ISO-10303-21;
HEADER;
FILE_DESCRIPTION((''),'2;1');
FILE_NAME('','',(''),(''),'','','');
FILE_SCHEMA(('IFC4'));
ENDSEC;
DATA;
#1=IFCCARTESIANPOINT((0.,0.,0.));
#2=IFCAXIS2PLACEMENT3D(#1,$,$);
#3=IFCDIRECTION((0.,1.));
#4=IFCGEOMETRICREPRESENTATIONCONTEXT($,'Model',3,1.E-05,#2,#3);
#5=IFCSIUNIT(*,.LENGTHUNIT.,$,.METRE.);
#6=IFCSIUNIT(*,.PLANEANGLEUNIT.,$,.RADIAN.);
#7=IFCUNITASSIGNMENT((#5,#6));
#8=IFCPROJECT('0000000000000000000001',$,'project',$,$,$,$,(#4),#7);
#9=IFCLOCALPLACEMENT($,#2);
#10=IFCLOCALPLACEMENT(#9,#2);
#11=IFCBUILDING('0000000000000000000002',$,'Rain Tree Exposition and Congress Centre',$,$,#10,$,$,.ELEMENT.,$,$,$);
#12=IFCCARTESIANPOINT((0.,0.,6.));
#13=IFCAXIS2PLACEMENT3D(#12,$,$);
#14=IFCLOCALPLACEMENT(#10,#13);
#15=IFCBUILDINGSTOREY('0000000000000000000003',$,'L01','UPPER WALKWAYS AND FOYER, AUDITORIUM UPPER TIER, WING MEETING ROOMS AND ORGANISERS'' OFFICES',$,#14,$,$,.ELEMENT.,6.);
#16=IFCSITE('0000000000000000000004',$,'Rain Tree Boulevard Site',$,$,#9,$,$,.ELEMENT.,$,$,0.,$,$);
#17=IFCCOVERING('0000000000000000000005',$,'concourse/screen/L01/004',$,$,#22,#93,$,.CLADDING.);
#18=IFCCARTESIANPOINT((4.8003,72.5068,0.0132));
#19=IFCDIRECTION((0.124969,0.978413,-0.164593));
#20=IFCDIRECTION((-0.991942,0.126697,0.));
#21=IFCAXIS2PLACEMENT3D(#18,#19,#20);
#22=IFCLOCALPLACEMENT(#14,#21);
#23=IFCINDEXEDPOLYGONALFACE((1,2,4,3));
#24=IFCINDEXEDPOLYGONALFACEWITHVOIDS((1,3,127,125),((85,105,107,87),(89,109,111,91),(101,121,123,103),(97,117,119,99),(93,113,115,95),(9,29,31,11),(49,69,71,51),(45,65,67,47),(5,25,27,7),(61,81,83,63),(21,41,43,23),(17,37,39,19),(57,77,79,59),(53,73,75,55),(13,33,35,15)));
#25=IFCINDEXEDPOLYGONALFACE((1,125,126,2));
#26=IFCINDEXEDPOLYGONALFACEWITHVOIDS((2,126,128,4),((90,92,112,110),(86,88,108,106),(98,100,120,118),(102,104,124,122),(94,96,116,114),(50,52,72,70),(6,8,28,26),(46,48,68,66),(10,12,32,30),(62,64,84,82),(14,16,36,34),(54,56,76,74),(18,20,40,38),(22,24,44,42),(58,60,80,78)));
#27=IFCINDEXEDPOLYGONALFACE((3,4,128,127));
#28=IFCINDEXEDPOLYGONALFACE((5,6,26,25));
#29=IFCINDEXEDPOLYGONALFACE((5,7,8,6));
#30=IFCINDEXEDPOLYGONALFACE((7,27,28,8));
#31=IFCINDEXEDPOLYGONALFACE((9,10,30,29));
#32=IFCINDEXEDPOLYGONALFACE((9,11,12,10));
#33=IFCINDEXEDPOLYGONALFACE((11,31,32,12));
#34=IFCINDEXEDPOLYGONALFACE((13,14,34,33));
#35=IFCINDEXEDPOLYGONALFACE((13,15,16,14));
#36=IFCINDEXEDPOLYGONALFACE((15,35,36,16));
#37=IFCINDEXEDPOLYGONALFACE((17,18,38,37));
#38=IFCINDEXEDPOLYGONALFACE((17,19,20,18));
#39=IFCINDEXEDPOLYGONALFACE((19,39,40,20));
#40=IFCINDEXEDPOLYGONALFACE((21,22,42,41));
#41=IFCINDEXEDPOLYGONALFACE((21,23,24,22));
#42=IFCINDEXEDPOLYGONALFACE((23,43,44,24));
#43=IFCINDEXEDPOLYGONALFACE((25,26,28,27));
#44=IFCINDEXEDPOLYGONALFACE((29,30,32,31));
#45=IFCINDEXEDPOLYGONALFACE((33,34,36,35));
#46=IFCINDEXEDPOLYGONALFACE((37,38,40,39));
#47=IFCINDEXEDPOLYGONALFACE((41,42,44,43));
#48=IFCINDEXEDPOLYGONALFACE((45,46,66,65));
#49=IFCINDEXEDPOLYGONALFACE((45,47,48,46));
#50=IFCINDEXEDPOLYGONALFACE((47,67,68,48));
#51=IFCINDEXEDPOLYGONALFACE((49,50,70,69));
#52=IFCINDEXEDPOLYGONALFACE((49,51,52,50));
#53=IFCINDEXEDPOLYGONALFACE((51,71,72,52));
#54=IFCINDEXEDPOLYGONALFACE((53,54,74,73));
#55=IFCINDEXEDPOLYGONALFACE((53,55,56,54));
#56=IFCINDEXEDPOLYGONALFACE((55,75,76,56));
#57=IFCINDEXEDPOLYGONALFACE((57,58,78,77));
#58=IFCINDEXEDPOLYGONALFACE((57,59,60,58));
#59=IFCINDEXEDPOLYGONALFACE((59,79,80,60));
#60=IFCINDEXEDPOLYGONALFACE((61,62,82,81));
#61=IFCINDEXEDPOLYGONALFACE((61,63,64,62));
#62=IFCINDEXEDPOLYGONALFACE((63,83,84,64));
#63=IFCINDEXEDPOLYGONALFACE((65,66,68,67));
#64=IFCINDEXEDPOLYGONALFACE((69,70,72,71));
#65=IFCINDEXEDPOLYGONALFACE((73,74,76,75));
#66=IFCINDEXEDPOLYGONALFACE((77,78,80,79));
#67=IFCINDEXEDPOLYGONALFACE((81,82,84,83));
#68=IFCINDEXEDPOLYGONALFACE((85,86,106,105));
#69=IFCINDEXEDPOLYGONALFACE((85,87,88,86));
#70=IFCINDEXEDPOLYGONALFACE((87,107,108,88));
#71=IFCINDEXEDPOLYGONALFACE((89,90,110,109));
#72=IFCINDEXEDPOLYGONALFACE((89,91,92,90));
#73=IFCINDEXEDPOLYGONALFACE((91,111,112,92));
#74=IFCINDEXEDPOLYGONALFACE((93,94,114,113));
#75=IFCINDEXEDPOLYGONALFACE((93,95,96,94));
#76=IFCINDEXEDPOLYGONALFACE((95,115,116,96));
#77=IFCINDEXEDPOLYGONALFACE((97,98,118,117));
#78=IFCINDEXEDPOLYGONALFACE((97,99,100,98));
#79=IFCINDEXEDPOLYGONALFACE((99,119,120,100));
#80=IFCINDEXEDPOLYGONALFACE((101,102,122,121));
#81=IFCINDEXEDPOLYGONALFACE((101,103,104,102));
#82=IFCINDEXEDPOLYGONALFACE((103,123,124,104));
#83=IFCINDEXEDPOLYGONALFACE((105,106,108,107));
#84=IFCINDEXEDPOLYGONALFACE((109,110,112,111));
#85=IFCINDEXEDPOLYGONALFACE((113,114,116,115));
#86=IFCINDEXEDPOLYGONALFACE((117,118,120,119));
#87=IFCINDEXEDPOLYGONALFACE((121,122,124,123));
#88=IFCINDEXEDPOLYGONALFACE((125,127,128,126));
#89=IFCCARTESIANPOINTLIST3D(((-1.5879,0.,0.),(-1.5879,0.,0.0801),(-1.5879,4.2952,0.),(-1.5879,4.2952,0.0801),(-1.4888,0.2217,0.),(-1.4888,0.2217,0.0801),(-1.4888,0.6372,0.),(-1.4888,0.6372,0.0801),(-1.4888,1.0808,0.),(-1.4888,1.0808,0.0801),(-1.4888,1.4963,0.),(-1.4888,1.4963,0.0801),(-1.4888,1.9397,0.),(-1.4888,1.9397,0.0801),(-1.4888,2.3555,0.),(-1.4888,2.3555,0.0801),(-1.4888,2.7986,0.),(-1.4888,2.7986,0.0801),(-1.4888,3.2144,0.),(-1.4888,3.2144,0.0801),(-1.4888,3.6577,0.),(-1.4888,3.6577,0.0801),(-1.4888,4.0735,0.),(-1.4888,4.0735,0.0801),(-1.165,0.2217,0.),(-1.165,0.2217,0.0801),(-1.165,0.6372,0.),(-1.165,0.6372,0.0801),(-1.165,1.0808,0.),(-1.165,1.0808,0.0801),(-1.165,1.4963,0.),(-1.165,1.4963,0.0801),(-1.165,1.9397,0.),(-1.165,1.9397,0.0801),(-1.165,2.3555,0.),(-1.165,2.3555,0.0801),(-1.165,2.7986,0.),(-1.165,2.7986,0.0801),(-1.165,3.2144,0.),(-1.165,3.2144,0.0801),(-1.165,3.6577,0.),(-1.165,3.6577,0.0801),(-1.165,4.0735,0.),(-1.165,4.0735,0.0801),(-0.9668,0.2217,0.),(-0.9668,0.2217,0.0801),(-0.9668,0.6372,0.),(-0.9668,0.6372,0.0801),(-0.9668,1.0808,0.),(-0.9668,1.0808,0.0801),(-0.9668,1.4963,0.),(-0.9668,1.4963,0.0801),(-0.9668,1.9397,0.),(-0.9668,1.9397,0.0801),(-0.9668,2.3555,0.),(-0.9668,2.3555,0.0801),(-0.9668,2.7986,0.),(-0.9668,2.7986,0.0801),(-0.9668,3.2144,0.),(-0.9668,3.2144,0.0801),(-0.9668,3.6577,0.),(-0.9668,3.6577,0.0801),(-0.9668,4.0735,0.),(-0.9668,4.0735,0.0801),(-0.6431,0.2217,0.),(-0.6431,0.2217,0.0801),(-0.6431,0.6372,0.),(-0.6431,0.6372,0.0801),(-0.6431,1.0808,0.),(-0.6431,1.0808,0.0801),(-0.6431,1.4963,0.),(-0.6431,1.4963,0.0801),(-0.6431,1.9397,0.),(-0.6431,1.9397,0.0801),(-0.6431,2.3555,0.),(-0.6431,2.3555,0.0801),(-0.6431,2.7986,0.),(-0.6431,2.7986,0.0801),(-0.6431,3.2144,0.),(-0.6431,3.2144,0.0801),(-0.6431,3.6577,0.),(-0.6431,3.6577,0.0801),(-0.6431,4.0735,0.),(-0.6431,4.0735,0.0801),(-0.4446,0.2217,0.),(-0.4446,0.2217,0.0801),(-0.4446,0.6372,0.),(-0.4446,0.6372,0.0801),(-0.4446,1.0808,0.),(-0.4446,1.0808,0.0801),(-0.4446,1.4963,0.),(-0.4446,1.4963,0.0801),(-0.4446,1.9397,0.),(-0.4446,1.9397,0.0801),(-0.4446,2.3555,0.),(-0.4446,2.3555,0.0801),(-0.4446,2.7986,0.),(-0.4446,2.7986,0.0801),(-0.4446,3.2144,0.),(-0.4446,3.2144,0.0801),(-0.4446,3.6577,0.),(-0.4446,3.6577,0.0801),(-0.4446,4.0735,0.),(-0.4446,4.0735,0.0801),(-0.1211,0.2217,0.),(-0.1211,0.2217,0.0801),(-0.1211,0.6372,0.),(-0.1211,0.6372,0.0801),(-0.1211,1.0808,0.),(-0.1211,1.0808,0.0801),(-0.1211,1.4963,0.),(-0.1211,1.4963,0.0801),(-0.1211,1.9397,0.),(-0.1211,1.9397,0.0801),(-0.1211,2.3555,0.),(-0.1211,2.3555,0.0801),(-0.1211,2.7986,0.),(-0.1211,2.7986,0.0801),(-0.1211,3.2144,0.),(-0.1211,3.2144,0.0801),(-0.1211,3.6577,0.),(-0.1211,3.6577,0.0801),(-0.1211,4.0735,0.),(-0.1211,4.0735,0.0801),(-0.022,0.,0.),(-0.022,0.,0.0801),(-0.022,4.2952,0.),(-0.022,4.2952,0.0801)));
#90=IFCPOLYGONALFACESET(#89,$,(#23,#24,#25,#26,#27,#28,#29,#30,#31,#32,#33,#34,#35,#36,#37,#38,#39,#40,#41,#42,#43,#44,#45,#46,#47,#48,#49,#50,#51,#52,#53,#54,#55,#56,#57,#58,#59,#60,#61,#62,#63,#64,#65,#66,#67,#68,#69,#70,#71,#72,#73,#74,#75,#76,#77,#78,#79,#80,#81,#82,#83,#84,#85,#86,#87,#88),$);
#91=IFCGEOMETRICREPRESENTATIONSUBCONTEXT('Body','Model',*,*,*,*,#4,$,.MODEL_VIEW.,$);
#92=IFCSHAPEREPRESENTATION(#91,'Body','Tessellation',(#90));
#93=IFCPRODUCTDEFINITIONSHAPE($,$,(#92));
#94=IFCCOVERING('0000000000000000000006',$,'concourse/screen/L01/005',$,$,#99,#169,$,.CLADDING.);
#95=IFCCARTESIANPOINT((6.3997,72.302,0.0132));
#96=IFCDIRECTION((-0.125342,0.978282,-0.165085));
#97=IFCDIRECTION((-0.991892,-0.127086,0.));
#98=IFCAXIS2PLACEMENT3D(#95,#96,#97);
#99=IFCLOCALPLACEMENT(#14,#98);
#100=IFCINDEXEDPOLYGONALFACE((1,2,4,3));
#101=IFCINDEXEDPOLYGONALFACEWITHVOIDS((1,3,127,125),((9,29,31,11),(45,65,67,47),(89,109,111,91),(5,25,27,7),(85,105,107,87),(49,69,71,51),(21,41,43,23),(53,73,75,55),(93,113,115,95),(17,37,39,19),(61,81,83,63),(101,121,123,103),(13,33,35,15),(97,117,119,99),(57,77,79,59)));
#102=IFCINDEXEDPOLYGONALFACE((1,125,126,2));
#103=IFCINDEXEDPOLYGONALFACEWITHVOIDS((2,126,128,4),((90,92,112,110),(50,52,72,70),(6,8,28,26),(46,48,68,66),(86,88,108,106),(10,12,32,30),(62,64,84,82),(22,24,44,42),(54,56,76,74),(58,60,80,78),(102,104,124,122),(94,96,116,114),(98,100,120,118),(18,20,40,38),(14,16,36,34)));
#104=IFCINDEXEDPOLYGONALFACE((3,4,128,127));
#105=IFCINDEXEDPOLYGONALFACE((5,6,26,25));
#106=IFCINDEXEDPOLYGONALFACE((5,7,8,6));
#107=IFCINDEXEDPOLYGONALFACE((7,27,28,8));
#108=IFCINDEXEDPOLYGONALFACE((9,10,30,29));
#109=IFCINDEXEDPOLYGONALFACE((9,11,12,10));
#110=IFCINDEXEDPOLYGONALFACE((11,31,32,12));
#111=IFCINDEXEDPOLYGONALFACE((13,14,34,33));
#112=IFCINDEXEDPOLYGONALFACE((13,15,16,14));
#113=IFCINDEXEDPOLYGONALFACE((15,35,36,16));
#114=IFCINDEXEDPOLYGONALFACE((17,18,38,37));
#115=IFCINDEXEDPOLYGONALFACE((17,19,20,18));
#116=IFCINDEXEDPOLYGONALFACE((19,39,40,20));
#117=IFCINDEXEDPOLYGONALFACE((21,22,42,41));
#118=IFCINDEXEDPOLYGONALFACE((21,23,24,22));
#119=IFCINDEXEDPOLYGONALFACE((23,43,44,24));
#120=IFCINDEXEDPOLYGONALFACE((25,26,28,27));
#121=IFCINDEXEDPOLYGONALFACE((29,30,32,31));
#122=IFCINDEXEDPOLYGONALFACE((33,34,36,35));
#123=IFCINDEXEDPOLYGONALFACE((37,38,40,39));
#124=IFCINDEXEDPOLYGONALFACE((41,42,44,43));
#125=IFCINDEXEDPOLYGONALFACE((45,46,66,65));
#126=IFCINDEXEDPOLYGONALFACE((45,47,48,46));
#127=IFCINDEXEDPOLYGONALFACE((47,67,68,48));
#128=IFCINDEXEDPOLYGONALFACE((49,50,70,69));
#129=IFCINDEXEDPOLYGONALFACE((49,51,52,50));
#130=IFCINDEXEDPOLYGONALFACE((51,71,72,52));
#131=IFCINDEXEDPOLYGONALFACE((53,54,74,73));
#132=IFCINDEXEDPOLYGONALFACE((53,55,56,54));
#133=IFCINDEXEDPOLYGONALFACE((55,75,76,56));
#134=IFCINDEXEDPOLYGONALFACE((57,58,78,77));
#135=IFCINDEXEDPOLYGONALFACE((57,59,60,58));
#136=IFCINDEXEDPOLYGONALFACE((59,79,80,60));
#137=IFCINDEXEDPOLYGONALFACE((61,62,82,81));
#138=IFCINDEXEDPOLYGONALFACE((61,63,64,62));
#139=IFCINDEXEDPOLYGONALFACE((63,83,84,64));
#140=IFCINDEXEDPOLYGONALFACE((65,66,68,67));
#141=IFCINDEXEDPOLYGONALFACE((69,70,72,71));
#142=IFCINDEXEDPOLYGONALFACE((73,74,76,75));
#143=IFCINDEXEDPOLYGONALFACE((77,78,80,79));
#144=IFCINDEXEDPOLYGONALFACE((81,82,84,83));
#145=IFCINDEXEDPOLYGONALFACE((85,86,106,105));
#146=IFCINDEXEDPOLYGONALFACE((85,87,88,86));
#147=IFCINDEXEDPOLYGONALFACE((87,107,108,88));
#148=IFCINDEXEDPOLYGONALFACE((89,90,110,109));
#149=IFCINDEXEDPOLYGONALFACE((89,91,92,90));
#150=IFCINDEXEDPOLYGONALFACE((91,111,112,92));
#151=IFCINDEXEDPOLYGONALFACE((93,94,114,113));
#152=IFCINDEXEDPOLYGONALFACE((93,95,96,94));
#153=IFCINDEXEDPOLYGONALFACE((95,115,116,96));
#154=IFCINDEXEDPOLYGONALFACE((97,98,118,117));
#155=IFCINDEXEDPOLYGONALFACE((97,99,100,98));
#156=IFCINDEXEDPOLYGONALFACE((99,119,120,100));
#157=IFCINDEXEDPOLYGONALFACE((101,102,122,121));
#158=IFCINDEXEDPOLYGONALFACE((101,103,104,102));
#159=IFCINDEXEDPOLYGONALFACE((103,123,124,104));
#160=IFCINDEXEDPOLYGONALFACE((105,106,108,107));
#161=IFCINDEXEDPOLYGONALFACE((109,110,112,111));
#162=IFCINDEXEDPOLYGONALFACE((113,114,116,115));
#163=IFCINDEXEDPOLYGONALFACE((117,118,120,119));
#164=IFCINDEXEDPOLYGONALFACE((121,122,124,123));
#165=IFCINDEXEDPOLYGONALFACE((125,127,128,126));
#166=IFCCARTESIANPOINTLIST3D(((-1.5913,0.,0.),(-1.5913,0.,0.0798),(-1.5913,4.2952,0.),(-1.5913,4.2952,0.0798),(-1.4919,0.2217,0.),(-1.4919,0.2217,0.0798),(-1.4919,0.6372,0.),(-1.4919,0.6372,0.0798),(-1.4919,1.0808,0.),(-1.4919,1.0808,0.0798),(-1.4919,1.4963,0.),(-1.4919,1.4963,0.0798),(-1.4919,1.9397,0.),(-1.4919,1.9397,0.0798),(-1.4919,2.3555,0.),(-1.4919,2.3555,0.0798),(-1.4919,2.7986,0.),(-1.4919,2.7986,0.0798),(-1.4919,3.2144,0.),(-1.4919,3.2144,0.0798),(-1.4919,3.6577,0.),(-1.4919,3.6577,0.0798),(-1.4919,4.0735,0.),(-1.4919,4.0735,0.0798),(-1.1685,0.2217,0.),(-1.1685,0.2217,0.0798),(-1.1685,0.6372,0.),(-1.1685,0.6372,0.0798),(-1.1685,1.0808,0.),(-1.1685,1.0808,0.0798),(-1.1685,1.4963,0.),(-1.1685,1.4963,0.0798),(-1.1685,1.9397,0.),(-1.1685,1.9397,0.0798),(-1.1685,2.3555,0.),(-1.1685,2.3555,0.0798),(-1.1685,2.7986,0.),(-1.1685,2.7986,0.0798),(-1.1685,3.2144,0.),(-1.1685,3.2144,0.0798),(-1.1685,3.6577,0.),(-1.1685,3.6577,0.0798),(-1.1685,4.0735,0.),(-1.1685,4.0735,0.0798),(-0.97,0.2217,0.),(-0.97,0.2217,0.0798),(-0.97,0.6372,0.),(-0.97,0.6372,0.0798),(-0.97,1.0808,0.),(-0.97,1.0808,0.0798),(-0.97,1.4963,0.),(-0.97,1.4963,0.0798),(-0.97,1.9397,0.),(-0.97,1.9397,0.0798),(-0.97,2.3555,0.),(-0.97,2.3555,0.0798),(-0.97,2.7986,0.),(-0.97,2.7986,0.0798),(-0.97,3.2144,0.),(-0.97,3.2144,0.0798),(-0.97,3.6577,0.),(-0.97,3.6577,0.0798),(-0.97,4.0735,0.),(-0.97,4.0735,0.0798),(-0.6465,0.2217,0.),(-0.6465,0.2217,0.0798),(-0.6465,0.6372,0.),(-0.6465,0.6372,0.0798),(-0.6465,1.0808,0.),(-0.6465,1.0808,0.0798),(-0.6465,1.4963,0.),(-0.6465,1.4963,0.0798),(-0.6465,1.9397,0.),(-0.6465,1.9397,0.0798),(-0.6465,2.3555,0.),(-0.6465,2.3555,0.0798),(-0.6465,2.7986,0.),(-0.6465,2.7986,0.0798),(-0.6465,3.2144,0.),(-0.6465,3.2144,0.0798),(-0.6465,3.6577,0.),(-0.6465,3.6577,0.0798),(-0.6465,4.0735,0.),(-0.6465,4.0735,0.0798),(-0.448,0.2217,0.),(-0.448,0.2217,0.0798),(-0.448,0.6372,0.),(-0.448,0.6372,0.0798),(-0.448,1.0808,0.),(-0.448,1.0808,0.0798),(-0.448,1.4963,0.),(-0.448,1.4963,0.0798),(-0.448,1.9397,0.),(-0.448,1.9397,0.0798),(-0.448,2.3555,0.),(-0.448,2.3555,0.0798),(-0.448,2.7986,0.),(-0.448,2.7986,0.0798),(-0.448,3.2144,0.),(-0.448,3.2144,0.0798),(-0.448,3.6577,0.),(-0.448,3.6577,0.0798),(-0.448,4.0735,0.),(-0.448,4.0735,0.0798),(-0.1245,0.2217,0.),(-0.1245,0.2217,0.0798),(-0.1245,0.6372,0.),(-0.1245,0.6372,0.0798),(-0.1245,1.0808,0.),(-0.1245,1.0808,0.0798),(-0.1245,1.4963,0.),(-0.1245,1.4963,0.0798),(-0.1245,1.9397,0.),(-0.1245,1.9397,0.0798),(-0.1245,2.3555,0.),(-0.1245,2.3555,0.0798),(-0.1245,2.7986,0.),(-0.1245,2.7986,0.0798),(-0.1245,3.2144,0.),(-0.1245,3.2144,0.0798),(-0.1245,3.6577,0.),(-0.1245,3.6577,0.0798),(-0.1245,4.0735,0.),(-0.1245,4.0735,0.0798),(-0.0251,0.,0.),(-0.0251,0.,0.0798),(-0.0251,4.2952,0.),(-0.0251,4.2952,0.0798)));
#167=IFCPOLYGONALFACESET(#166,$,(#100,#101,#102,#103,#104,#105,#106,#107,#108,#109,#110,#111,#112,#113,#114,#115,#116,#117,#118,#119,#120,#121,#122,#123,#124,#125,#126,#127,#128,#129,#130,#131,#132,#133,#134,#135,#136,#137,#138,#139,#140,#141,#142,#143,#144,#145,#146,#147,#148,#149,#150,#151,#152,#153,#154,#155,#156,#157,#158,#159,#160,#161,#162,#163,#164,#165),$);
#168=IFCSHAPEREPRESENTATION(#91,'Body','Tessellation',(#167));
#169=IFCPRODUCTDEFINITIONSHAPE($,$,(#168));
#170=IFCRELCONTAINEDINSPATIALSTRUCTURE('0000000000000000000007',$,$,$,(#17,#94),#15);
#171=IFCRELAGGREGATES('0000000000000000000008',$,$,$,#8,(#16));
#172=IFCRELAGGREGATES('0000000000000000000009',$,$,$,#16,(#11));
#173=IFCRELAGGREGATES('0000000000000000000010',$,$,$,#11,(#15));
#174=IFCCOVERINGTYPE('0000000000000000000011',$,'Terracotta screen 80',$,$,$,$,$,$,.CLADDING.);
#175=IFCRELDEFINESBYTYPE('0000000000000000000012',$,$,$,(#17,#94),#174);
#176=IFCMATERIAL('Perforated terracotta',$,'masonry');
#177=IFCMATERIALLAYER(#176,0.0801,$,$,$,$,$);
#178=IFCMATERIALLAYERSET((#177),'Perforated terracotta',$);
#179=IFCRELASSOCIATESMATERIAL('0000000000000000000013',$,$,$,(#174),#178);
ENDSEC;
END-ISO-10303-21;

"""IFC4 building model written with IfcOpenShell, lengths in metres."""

from ifc_helpers import new_model, si_unit, direction, frame, origin, place, context, subcontext, project, spatial, polyline, outline, extrude, material, layer, layer_set, type_object, element, save


model = new_model("IFC4")

# Units and contexts
model_context = context("Model", 3, precision=1e-05, world=origin(), true_north=direction((0.0, 1.0)))
body_context = subcontext(model_context, "Body", "Model", "MODEL_VIEW")
ifc_project = project(units=[si_unit("LENGTHUNIT", "METRE"), si_unit("PLANEANGLEUNIT", "RADIAN")], contexts=[model_context])

# Site, building, storey
site_placement = place(None, origin())
site = spatial("IfcSite", under=ifc_project, at=site_placement, Name="Rain Tree Boulevard Site", CompositionType="ELEMENT", RefElevation=0.0)
building_placement = place(site_placement, origin())
building = spatial("IfcBuilding", under=site, at=building_placement, Name="Rain Tree Exposition and Congress Centre", CompositionType="ELEMENT")
storey_placement = place(building_placement, frame((0.0, 0.0, 6.0)))
storey = spatial("IfcBuildingStorey", under=building, at=storey_placement, Name="L01", Description="UPPER WALKWAYS AND FOYER, AUDITORIUM UPPER TIER, WING MEETING ROOMS AND ORGANISERS' OFFICES", CompositionType="ELEMENT", Elevation=6.0)

# Coverings
ifc_material_1 = material(Name="Perforated terracotta", Category="masonry")
ifc_layer = layer(ifc_material_1, 0.0801)
ifc_layer_set = layer_set([ifc_layer], Name="Perforated terracotta")
covering_type = type_object("IfcCoveringType", Name="Terracotta screen 80", PredefinedType="CLADDING", material=ifc_layer_set)
covering_1_placement = place(storey_placement, frame((4.8003, 72.5068, 0.0132), z_axis=(0.124969, 0.978413, -0.164593), x_axis=(-0.991942, 0.126697, 0.0)))
element("IfcCovering", 1, at=covering_1_placement, inside=storey, type_object=covering_type, Name="concourse/screen/L01/004", PredefinedType="CLADDING", context=body_context, shape_type="SweptSolid", body=[
    extrude(outline(polyline([(-1.5879, 0.0), (-1.5879, 4.2952), (-0.022, 4.2952), (-0.022, 0.0), (-1.5879, 0.0)]), holes=[polyline([(-0.1211, 0.2217), (-0.1211, 0.6372), (-0.4446, 0.6372), (-0.4446, 0.2217), (-0.1211, 0.2217)]), polyline([(-0.1211, 1.0808), (-0.1211, 1.4963), (-0.4446, 1.4963), (-0.4446, 1.0808), (-0.1211, 1.0808)]), polyline([(-0.1211, 1.9397), (-0.1211, 2.3555), (-0.4446, 2.3555), (-0.4446, 1.9397), (-0.1211, 1.9397)]), polyline([(-0.1211, 2.7986), (-0.1211, 3.2144), (-0.4446, 3.2144), (-0.4446, 2.7986), (-0.1211, 2.7986)]), polyline([(-0.1211, 3.6577), (-0.1211, 4.0735), (-0.4446, 4.0735), (-0.4446, 3.6577), (-0.1211, 3.6577)]), polyline([(-0.6431, 0.2217), (-0.6431, 0.6372), (-0.9668, 0.6372), (-0.9668, 0.2217), (-0.6431, 0.2217)]), polyline([(-0.6431, 1.0808), (-0.6431, 1.4963), (-0.9668, 1.4963), (-0.9668, 1.0808), (-0.6431, 1.0808)]), polyline([(-0.6431, 1.9397), (-0.6431, 2.3555), (-0.9668, 2.3555), (-0.9668, 1.9397), (-0.6431, 1.9397)]), polyline([(-0.6431, 2.7986), (-0.6431, 3.2144), (-0.9668, 3.2144), (-0.9668, 2.7986), (-0.6431, 2.7986)]), polyline([(-0.6431, 3.6577), (-0.6431, 4.0735), (-0.9668, 4.0735), (-0.9668, 3.6577), (-0.6431, 3.6577)]), polyline([(-1.165, 0.2217), (-1.165, 0.6372), (-1.4888, 0.6372), (-1.4888, 0.2217), (-1.165, 0.2217)]), polyline([(-1.165, 1.0808), (-1.165, 1.4963), (-1.4888, 1.4963), (-1.4888, 1.0808), (-1.165, 1.0808)]), polyline([(-1.165, 1.9397), (-1.165, 2.3555), (-1.4888, 2.3555), (-1.4888, 1.9397), (-1.165, 1.9397)]), polyline([(-1.165, 2.7986), (-1.165, 3.2144), (-1.4888, 3.2144), (-1.4888, 2.7986), (-1.165, 2.7986)]), polyline([(-1.165, 3.6577), (-1.165, 4.0735), (-1.4888, 4.0735), (-1.4888, 3.6577), (-1.165, 3.6577)])]), origin(), (0.0, 0.0, 1.0), 0.0801),
])
covering_2_placement = place(storey_placement, frame((6.3997, 72.302, 0.0132), z_axis=(-0.125342, 0.978282, -0.165085), x_axis=(-0.991892, -0.127086, 0.0)))
element("IfcCovering", 2, at=covering_2_placement, inside=storey, type_object=covering_type, Name="concourse/screen/L01/005", PredefinedType="CLADDING", context=body_context, shape_type="SweptSolid", body=[
    extrude(outline(polyline([(-1.5913, 0.0), (-1.5913, 4.2952), (-0.0251, 4.2952), (-0.0251, 0.0), (-1.5913, 0.0)]), holes=[polyline([(-0.1245, 0.2217), (-0.1245, 0.6372), (-0.448, 0.6372), (-0.448, 0.2217), (-0.1245, 0.2217)]), polyline([(-0.1245, 1.0808), (-0.1245, 1.4963), (-0.448, 1.4963), (-0.448, 1.0808), (-0.1245, 1.0808)]), polyline([(-0.1245, 1.9397), (-0.1245, 2.3555), (-0.448, 2.3555), (-0.448, 1.9397), (-0.1245, 1.9397)]), polyline([(-0.1245, 2.7986), (-0.1245, 3.2144), (-0.448, 3.2144), (-0.448, 2.7986), (-0.1245, 2.7986)]), polyline([(-0.1245, 3.6577), (-0.1245, 4.0735), (-0.448, 4.0735), (-0.448, 3.6577), (-0.1245, 3.6577)]), polyline([(-0.6465, 0.2217), (-0.6465, 0.6372), (-0.97, 0.6372), (-0.97, 0.2217), (-0.6465, 0.2217)]), polyline([(-0.6465, 1.0808), (-0.6465, 1.4963), (-0.97, 1.4963), (-0.97, 1.0808), (-0.6465, 1.0808)]), polyline([(-0.6465, 1.9397), (-0.6465, 2.3555), (-0.97, 2.3555), (-0.97, 1.9397), (-0.6465, 1.9397)]), polyline([(-0.6465, 2.7986), (-0.6465, 3.2144), (-0.97, 3.2144), (-0.97, 2.7986), (-0.6465, 2.7986)]), polyline([(-0.6465, 3.6577), (-0.6465, 4.0735), (-0.97, 4.0735), (-0.97, 3.6577), (-0.6465, 3.6577)]), polyline([(-1.1685, 0.2217), (-1.1685, 0.6372), (-1.4919, 0.6372), (-1.4919, 0.2217), (-1.1685, 0.2217)]), polyline([(-1.1685, 1.0808), (-1.1685, 1.4963), (-1.4919, 1.4963), (-1.4919, 1.0808), (-1.1685, 1.0808)]), polyline([(-1.1685, 1.9397), (-1.1685, 2.3555), (-1.4919, 2.3555), (-1.4919, 1.9397), (-1.1685, 1.9397)]), polyline([(-1.1685, 2.7986), (-1.1685, 3.2144), (-1.4919, 3.2144), (-1.4919, 2.7986), (-1.1685, 2.7986)]), polyline([(-1.1685, 3.6577), (-1.1685, 4.0735), (-1.4919, 4.0735), (-1.4919, 3.6577), (-1.1685, 3.6577)])]), origin(), (0.0, 0.0, 1.0), 0.0798),
])

save(model, "model.ifc")
